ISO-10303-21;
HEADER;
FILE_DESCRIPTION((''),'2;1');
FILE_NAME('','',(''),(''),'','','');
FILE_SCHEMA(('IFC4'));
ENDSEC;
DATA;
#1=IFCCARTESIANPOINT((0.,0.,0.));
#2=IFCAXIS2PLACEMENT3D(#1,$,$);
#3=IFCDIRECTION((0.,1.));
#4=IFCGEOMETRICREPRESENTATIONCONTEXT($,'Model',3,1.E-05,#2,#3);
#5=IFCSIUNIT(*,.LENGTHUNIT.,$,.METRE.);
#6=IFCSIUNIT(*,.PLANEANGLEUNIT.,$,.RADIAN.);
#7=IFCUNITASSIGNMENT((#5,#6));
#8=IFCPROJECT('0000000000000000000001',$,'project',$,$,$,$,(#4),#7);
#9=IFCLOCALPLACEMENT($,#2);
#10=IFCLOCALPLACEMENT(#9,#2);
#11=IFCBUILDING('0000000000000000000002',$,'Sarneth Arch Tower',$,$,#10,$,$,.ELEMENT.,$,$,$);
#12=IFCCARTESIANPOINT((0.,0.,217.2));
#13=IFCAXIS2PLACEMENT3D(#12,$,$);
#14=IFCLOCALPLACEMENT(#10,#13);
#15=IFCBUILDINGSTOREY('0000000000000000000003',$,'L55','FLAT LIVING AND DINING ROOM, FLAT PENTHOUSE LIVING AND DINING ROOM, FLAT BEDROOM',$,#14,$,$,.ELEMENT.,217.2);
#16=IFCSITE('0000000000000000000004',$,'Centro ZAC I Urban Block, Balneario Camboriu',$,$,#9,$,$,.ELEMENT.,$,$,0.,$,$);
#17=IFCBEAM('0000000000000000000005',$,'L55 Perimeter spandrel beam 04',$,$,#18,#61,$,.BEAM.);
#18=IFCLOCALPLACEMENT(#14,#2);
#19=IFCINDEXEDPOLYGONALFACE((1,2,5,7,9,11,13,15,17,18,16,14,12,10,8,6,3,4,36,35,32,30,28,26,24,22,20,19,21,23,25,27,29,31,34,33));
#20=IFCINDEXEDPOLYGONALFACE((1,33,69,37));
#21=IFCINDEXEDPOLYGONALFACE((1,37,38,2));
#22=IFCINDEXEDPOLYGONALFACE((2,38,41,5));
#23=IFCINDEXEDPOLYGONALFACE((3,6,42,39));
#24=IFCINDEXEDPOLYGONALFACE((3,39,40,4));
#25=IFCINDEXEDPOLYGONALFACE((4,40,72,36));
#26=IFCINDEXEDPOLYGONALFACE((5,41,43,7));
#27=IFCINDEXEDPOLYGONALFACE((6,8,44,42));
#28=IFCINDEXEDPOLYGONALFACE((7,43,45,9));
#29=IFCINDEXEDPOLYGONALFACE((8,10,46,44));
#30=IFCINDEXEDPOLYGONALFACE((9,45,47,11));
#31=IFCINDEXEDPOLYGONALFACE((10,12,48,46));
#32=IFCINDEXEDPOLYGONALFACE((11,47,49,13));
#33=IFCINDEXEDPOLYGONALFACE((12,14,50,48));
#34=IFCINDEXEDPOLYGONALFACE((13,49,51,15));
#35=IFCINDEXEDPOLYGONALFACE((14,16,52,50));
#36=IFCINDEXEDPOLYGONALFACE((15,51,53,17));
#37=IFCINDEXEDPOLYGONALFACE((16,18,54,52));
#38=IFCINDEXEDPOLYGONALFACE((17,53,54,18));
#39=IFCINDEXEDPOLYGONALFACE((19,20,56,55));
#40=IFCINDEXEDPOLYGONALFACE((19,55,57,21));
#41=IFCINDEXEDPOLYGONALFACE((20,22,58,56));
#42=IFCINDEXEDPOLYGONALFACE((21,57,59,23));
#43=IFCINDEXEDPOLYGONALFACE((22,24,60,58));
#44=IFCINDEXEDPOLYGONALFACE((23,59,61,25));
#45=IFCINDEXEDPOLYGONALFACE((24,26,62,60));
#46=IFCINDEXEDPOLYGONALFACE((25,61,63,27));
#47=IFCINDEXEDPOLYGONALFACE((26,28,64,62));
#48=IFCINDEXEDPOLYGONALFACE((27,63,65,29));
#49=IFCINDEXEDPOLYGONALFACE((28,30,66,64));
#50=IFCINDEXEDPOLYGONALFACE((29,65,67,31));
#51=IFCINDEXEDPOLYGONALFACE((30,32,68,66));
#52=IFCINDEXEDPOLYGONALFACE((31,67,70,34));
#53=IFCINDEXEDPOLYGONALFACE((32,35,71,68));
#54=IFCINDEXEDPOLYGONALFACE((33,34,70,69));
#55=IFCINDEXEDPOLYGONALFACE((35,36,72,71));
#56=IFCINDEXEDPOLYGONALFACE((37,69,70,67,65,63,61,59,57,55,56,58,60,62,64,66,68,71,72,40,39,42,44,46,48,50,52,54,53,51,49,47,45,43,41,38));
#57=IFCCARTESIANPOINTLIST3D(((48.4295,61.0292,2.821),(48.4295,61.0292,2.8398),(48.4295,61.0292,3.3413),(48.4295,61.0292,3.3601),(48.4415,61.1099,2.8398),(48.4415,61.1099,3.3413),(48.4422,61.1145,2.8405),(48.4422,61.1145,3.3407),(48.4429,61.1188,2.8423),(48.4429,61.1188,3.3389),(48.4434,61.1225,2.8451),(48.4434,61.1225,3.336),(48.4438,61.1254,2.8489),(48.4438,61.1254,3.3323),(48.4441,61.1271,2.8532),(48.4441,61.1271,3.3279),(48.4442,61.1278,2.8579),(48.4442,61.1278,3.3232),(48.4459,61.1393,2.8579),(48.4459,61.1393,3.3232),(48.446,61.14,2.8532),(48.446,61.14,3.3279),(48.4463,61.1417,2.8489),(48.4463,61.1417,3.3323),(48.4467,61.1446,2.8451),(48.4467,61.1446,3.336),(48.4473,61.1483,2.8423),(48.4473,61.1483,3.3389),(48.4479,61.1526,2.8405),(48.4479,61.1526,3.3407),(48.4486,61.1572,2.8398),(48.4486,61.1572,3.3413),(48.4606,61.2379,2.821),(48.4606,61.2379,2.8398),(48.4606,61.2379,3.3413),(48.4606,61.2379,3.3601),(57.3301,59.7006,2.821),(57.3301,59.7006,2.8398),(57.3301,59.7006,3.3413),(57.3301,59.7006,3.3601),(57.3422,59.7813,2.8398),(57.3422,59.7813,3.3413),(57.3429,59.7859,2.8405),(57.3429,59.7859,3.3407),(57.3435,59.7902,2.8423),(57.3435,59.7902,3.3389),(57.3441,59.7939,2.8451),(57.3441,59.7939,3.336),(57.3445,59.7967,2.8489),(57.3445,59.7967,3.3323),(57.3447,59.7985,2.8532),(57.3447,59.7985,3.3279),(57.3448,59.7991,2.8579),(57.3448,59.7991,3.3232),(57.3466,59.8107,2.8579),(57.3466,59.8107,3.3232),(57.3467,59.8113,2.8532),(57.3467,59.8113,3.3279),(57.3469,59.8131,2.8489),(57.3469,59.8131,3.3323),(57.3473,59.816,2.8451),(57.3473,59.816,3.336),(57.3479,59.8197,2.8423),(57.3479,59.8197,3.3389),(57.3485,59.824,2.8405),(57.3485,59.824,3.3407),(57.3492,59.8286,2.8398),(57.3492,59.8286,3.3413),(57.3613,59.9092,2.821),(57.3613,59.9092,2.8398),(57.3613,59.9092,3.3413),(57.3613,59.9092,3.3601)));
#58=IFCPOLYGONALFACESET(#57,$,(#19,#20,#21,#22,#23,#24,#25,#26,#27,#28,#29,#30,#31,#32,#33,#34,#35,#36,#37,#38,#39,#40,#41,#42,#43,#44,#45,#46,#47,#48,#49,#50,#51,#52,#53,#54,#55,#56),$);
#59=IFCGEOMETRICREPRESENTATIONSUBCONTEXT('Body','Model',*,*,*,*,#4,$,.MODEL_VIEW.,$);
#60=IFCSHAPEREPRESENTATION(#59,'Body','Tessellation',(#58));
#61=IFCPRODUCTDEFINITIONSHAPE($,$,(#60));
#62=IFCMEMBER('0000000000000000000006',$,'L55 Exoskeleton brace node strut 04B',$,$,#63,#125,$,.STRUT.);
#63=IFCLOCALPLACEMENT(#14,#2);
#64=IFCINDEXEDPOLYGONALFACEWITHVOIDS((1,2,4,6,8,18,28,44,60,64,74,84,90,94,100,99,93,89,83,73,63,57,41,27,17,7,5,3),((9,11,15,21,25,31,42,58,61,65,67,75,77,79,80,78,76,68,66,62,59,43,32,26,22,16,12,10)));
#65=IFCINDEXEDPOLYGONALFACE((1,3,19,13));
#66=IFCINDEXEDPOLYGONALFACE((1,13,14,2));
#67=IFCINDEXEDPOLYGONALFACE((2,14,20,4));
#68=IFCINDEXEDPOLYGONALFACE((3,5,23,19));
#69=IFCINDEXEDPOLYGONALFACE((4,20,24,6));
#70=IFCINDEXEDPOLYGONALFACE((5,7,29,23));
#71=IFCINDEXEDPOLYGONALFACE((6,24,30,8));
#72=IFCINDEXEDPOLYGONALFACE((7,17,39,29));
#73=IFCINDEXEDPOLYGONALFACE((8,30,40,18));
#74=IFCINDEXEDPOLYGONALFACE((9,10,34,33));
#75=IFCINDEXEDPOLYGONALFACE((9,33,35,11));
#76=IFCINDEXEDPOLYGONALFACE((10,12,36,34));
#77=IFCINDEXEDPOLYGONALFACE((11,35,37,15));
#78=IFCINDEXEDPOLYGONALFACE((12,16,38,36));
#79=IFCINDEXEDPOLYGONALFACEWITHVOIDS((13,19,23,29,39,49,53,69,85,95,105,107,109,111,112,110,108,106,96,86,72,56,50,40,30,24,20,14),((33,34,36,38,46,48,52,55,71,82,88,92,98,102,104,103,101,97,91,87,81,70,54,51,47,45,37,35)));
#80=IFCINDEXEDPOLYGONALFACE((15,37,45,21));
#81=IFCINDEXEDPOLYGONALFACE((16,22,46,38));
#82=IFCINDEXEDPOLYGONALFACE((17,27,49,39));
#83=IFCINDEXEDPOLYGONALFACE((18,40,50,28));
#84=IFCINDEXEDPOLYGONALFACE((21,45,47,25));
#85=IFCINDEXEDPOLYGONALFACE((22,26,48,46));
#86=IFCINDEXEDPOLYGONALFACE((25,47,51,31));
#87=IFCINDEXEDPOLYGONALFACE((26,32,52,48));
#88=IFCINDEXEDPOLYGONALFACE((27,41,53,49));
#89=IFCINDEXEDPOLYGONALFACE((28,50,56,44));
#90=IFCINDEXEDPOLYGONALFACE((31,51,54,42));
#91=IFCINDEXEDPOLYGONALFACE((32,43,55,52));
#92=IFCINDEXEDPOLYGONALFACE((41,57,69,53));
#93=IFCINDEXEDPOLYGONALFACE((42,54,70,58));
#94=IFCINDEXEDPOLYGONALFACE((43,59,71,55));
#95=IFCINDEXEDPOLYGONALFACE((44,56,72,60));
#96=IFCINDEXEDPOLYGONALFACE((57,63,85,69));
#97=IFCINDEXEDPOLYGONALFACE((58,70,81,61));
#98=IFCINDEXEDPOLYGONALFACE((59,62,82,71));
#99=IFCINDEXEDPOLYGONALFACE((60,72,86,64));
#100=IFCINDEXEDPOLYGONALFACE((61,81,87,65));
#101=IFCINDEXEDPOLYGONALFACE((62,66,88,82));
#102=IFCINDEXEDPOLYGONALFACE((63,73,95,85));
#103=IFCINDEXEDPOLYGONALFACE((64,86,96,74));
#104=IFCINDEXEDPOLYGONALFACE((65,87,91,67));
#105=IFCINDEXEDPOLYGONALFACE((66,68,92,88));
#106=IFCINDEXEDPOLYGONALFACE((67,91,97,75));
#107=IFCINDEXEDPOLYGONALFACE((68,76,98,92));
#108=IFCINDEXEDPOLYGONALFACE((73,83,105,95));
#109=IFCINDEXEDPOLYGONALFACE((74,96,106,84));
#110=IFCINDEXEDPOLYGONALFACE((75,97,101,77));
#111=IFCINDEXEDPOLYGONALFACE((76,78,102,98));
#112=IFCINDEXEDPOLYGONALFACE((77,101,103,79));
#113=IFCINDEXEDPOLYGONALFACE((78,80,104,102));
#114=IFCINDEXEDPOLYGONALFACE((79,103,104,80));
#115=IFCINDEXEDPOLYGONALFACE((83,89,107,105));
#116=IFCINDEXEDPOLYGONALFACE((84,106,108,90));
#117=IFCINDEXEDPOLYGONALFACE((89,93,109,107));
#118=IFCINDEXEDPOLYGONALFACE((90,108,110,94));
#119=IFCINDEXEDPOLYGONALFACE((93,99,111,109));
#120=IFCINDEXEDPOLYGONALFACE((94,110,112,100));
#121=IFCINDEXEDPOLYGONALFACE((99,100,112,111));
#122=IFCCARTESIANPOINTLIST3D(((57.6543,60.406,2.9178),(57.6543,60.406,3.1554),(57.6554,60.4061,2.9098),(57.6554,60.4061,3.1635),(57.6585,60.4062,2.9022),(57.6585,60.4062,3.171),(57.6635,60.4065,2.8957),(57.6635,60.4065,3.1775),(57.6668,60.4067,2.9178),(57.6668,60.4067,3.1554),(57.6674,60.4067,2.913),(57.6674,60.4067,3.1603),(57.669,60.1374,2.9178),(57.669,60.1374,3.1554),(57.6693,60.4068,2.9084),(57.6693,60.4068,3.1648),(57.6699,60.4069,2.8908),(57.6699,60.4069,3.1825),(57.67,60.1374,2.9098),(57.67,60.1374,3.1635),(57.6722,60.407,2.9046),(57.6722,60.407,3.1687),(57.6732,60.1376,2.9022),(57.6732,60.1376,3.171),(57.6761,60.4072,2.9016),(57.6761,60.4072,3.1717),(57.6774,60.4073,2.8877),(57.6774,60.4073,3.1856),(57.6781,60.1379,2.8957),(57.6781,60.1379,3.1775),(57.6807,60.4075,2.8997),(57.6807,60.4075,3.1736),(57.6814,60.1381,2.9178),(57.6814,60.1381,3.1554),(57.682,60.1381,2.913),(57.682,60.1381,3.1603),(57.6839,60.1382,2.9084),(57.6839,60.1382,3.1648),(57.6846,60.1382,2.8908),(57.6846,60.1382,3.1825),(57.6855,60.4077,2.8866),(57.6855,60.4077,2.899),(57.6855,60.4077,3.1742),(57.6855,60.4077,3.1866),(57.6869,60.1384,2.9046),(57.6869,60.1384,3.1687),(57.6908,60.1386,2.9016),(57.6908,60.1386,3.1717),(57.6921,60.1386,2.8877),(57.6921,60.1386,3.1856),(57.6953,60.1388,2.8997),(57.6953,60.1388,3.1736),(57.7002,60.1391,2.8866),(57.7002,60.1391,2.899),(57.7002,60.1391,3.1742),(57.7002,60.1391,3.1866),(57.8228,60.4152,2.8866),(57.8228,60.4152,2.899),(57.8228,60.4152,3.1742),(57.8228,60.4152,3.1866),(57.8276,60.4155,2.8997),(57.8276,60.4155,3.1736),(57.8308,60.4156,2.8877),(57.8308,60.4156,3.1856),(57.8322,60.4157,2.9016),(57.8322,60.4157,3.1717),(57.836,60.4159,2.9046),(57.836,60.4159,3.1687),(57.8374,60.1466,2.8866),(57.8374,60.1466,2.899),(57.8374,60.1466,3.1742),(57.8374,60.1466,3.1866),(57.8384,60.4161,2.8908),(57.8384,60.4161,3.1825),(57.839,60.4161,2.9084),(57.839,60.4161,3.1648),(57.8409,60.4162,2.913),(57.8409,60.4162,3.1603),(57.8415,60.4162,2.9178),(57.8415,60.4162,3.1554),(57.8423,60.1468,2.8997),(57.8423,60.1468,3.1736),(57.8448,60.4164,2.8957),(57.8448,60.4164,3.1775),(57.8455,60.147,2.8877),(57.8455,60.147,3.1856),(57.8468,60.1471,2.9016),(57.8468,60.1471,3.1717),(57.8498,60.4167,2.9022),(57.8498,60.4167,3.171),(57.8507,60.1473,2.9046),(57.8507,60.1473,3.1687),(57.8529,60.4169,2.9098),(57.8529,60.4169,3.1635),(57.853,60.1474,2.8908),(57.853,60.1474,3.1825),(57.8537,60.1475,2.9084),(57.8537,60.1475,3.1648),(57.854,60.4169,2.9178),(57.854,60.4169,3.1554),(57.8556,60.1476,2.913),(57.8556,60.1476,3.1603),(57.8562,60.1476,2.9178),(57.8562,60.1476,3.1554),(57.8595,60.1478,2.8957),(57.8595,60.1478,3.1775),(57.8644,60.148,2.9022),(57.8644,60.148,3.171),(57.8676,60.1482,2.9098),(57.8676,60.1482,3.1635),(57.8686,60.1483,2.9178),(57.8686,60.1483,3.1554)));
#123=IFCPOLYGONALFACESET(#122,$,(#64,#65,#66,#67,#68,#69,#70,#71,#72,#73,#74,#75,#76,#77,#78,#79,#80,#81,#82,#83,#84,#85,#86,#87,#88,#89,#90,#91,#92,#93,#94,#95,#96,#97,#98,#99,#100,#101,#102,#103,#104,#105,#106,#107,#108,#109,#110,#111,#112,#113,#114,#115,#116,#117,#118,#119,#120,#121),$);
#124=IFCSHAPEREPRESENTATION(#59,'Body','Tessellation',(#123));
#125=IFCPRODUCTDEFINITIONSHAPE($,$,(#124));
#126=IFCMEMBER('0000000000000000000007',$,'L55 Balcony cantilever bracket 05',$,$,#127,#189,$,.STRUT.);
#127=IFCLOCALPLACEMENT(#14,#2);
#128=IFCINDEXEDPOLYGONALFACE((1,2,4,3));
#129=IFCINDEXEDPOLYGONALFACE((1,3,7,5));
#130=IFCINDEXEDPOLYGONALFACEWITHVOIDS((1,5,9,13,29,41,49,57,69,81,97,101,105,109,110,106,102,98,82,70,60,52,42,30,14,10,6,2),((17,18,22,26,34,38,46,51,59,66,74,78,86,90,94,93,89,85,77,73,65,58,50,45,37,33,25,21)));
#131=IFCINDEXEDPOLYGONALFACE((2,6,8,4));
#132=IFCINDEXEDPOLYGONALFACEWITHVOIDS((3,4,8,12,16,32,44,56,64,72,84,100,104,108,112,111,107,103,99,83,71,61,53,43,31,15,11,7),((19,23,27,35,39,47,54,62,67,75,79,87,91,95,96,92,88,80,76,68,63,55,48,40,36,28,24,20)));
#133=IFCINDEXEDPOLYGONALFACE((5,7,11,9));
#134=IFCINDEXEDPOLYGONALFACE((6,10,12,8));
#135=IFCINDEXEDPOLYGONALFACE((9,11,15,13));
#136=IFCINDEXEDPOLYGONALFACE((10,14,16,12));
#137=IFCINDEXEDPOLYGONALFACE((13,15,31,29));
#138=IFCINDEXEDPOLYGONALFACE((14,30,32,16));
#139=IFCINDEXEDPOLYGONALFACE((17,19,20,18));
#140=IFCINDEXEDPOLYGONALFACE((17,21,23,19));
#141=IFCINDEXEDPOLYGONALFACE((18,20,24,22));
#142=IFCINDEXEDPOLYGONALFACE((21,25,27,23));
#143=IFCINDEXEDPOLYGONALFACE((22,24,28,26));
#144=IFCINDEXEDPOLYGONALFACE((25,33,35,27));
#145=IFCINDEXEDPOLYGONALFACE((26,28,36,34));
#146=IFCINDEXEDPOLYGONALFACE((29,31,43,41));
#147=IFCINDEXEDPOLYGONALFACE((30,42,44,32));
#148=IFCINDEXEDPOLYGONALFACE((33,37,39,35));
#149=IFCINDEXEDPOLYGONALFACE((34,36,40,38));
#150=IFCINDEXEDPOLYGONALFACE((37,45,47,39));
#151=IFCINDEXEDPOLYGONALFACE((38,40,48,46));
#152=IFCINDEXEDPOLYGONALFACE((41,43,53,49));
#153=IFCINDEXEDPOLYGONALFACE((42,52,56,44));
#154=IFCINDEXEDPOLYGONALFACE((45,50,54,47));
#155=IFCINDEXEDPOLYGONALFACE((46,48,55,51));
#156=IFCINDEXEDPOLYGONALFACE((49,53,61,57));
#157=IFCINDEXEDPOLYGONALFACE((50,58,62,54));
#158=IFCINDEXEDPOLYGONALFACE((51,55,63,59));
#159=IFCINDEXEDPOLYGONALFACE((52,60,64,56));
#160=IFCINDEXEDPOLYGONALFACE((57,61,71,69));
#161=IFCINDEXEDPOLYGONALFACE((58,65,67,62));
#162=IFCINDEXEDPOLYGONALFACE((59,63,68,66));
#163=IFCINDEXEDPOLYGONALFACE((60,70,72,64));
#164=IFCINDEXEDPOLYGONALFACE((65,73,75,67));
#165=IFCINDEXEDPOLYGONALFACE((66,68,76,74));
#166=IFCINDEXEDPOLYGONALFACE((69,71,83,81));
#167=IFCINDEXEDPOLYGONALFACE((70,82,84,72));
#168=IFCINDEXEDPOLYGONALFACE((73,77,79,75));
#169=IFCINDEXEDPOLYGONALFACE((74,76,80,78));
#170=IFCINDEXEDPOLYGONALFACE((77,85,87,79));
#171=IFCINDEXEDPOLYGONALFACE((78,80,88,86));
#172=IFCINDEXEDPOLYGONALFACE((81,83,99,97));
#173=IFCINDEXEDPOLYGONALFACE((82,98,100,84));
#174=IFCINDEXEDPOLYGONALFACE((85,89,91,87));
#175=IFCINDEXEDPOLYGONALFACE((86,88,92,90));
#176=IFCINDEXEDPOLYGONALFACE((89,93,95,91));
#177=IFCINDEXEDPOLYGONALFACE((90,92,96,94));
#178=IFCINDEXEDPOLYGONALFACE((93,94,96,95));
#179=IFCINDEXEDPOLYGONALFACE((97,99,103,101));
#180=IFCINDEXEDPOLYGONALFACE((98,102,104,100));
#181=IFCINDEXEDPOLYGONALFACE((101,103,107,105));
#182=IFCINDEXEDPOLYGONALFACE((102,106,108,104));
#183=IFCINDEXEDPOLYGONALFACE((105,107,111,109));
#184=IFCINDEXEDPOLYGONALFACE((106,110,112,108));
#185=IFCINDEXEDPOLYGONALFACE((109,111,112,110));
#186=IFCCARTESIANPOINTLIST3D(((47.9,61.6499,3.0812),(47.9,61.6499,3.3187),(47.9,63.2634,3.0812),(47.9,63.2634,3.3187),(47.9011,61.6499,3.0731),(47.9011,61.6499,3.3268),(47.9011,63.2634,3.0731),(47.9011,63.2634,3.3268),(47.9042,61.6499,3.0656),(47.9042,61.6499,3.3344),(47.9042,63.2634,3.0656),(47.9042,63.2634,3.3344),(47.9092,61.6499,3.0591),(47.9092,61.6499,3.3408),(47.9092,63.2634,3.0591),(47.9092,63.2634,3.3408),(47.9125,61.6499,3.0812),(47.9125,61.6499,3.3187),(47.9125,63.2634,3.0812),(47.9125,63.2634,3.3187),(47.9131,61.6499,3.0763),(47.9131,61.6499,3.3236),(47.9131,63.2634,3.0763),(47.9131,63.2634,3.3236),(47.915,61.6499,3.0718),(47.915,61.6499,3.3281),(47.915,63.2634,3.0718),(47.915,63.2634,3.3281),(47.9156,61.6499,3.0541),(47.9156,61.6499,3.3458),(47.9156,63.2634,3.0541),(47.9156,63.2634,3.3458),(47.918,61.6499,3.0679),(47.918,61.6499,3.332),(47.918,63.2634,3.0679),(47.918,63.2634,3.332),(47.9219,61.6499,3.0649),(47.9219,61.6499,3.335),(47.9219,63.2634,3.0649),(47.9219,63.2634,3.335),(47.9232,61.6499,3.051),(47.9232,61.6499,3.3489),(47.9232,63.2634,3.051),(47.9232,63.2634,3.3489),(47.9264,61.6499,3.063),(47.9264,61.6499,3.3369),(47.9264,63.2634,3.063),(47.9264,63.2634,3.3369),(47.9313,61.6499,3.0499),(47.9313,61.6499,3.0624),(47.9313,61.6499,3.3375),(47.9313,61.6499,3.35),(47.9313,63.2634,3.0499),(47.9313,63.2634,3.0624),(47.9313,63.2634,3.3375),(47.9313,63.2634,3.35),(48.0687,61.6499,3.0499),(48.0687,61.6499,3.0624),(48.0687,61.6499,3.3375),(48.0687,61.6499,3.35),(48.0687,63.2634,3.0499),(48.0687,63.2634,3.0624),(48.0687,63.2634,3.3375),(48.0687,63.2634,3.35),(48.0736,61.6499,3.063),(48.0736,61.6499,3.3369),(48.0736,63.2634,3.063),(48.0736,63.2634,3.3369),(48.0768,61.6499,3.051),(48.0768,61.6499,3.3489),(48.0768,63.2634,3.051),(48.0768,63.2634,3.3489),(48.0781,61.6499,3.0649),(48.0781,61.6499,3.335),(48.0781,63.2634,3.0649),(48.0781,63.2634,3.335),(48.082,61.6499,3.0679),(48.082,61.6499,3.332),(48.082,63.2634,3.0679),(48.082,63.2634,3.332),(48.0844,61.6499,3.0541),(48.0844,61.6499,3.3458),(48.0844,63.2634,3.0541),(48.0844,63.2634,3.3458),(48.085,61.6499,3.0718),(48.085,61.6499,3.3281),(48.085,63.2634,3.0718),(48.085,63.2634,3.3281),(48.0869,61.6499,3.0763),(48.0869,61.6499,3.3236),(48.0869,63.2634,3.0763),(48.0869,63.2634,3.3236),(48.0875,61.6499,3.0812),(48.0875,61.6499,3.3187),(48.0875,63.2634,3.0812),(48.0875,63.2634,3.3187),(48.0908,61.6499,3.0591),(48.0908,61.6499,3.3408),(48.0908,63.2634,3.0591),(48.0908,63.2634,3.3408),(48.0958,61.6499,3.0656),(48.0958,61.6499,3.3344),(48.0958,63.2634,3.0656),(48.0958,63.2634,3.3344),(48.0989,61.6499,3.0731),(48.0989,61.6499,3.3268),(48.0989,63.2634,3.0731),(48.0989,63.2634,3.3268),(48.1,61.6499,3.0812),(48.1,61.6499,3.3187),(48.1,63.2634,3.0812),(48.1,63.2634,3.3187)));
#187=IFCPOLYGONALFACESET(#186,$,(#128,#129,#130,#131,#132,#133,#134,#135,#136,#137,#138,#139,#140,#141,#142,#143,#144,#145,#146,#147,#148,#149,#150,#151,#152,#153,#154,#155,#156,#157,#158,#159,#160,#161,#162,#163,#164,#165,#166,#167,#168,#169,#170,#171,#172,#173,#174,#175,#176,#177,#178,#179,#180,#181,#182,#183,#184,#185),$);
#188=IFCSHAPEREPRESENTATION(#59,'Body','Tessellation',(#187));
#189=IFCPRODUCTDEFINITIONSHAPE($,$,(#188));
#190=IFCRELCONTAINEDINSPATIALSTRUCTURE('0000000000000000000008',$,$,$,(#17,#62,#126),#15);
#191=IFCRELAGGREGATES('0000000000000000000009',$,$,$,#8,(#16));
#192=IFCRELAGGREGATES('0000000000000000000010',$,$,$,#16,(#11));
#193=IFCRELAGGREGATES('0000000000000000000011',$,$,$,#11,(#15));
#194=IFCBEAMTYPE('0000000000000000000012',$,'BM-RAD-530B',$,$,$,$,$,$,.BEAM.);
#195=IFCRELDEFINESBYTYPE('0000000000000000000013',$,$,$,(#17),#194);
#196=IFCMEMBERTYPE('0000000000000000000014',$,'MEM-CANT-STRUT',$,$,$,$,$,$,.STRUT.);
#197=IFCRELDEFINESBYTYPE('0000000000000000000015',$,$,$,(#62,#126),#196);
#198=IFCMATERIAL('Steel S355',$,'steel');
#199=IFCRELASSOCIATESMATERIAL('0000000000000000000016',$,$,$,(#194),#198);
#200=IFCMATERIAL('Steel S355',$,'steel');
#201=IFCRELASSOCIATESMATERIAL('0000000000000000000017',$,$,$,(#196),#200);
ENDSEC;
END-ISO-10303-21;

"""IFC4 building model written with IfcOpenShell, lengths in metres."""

from ifc_helpers import new_model, si_unit, direction, frame, origin, origin_2d, place, context, subcontext, project, spatial, hollow_rectangle, i_section, extrude, material, material_profile, profile_set, type_object, element, save


model = new_model("IFC4")

# Units and contexts
model_context = context("Model", 3, precision=1e-05, world=origin(), true_north=direction((0.0, 1.0)))
body_context = subcontext(model_context, "Body", "Model", "MODEL_VIEW")
ifc_project = project(units=[si_unit("LENGTHUNIT", "METRE"), si_unit("PLANEANGLEUNIT", "RADIAN")], contexts=[model_context])

# Site, building, storey
site_placement = place(None, origin())
site = spatial("IfcSite", under=ifc_project, at=site_placement, Name="Centro ZAC I Urban Block, Balneario Camboriu", CompositionType="ELEMENT", RefElevation=0.0)
building_placement = place(site_placement, origin())
building = spatial("IfcBuilding", under=site, at=building_placement, Name="Sarneth Arch Tower", CompositionType="ELEMENT")
storey_placement = place(building_placement, frame((0.0, 0.0, 217.2)))
storey = spatial("IfcBuildingStorey", under=building, at=storey_placement, Name="L55", Description="FLAT LIVING AND DINING ROOM, FLAT PENTHOUSE LIVING AND DINING ROOM, FLAT BEDROOM", CompositionType="ELEMENT", Elevation=217.2)

# Beam
ifc_material_1 = material(Name="Steel S355", Category="steel")
ifc_material_profile_1 = material_profile(ifc_material_1, i_section(OverallWidth=0.2109, OverallDepth=0.5391, WebThickness=0.0117, FlangeThickness=0.0188, FilletRadius=0.0181, at=origin_2d()), Name="W530x109")
ifc_profile_set_1 = profile_set([ifc_material_profile_1], Name="Steel S355")
beam_type = type_object("IfcBeamType", Name="BM-RAD-530B", PredefinedType="BEAM", material=ifc_profile_set_1)
beam_placement = place(storey_placement, frame((57.3457, 59.8049, 3.0906), z_axis=(-0.989042, 0.147636, 0.0), x_axis=(-0.147636, -0.989042, 0.0)))
element("IfcBeam", 1, at=beam_placement, inside=storey, type_object=beam_type, Name="L55 Perimeter spandrel beam 04", PredefinedType="BEAM", context=body_context, shape_type="SweptSolid", body=[
    extrude(i_section(OverallWidth=0.2109, OverallDepth=0.5391, WebThickness=0.0117, FlangeThickness=0.0188, FilletRadius=0.0181, at=origin_2d()), origin(), (0.0, 0.0, 1.0), 8.9993),
])

# Members
ifc_material_2 = material(Name="Steel S355", Category="steel")
ifc_material_profile_2 = material_profile(ifc_material_2, hollow_rectangle(XDim=0.2, YDim=0.3, WallThickness=0.0125, InnerFilletRadius=0.0188, OuterFilletRadius=0.0312, at=origin_2d()), Name="RHS300x200x12.5")
ifc_profile_set_2 = profile_set([ifc_material_profile_2], Name="Steel S355")
member_type_1 = type_object("IfcMemberType", Name="MEM-CANT-STRUT", PredefinedType="STRUT", material=ifc_profile_set_2)
member_1_placement = place(storey_placement, frame((57.7688, 60.1428, 3.0366), z_axis=(-0.054464, 0.998516, 0.0), x_axis=(-0.998516, -0.054464, 0.0)))
element("IfcMember", 2, at=member_1_placement, inside=storey, type_object=member_type_1, Name="L55 Exoskeleton brace node strut 04B", PredefinedType="STRUT", context=body_context, shape_type="SweptSolid", body=[
    extrude(hollow_rectangle(XDim=0.2, YDim=0.3, WallThickness=0.0125, InnerFilletRadius=0.0188, OuterFilletRadius=0.0312, at=origin_2d()), origin(), (0.0, 0.0, 1.0), 0.269),
])
member_2_placement = place(storey_placement, frame((48.0, 61.6499, 3.2), z_axis=(0.0, 1.0, 0.0), x_axis=(-1.0, 0.0, 0.0)))
element("IfcMember", 3, at=member_2_placement, inside=storey, type_object=member_type_1, Name="L55 Balcony cantilever bracket 05", PredefinedType="STRUT", context=body_context, shape_type="SweptSolid", body=[
    extrude(hollow_rectangle(XDim=0.2, YDim=0.3, WallThickness=0.0125, InnerFilletRadius=0.0188, OuterFilletRadius=0.0312, at=origin_2d()), origin(), (0.0, 0.0, 1.0), 1.6135),
])

save(model, "model.ifc")
